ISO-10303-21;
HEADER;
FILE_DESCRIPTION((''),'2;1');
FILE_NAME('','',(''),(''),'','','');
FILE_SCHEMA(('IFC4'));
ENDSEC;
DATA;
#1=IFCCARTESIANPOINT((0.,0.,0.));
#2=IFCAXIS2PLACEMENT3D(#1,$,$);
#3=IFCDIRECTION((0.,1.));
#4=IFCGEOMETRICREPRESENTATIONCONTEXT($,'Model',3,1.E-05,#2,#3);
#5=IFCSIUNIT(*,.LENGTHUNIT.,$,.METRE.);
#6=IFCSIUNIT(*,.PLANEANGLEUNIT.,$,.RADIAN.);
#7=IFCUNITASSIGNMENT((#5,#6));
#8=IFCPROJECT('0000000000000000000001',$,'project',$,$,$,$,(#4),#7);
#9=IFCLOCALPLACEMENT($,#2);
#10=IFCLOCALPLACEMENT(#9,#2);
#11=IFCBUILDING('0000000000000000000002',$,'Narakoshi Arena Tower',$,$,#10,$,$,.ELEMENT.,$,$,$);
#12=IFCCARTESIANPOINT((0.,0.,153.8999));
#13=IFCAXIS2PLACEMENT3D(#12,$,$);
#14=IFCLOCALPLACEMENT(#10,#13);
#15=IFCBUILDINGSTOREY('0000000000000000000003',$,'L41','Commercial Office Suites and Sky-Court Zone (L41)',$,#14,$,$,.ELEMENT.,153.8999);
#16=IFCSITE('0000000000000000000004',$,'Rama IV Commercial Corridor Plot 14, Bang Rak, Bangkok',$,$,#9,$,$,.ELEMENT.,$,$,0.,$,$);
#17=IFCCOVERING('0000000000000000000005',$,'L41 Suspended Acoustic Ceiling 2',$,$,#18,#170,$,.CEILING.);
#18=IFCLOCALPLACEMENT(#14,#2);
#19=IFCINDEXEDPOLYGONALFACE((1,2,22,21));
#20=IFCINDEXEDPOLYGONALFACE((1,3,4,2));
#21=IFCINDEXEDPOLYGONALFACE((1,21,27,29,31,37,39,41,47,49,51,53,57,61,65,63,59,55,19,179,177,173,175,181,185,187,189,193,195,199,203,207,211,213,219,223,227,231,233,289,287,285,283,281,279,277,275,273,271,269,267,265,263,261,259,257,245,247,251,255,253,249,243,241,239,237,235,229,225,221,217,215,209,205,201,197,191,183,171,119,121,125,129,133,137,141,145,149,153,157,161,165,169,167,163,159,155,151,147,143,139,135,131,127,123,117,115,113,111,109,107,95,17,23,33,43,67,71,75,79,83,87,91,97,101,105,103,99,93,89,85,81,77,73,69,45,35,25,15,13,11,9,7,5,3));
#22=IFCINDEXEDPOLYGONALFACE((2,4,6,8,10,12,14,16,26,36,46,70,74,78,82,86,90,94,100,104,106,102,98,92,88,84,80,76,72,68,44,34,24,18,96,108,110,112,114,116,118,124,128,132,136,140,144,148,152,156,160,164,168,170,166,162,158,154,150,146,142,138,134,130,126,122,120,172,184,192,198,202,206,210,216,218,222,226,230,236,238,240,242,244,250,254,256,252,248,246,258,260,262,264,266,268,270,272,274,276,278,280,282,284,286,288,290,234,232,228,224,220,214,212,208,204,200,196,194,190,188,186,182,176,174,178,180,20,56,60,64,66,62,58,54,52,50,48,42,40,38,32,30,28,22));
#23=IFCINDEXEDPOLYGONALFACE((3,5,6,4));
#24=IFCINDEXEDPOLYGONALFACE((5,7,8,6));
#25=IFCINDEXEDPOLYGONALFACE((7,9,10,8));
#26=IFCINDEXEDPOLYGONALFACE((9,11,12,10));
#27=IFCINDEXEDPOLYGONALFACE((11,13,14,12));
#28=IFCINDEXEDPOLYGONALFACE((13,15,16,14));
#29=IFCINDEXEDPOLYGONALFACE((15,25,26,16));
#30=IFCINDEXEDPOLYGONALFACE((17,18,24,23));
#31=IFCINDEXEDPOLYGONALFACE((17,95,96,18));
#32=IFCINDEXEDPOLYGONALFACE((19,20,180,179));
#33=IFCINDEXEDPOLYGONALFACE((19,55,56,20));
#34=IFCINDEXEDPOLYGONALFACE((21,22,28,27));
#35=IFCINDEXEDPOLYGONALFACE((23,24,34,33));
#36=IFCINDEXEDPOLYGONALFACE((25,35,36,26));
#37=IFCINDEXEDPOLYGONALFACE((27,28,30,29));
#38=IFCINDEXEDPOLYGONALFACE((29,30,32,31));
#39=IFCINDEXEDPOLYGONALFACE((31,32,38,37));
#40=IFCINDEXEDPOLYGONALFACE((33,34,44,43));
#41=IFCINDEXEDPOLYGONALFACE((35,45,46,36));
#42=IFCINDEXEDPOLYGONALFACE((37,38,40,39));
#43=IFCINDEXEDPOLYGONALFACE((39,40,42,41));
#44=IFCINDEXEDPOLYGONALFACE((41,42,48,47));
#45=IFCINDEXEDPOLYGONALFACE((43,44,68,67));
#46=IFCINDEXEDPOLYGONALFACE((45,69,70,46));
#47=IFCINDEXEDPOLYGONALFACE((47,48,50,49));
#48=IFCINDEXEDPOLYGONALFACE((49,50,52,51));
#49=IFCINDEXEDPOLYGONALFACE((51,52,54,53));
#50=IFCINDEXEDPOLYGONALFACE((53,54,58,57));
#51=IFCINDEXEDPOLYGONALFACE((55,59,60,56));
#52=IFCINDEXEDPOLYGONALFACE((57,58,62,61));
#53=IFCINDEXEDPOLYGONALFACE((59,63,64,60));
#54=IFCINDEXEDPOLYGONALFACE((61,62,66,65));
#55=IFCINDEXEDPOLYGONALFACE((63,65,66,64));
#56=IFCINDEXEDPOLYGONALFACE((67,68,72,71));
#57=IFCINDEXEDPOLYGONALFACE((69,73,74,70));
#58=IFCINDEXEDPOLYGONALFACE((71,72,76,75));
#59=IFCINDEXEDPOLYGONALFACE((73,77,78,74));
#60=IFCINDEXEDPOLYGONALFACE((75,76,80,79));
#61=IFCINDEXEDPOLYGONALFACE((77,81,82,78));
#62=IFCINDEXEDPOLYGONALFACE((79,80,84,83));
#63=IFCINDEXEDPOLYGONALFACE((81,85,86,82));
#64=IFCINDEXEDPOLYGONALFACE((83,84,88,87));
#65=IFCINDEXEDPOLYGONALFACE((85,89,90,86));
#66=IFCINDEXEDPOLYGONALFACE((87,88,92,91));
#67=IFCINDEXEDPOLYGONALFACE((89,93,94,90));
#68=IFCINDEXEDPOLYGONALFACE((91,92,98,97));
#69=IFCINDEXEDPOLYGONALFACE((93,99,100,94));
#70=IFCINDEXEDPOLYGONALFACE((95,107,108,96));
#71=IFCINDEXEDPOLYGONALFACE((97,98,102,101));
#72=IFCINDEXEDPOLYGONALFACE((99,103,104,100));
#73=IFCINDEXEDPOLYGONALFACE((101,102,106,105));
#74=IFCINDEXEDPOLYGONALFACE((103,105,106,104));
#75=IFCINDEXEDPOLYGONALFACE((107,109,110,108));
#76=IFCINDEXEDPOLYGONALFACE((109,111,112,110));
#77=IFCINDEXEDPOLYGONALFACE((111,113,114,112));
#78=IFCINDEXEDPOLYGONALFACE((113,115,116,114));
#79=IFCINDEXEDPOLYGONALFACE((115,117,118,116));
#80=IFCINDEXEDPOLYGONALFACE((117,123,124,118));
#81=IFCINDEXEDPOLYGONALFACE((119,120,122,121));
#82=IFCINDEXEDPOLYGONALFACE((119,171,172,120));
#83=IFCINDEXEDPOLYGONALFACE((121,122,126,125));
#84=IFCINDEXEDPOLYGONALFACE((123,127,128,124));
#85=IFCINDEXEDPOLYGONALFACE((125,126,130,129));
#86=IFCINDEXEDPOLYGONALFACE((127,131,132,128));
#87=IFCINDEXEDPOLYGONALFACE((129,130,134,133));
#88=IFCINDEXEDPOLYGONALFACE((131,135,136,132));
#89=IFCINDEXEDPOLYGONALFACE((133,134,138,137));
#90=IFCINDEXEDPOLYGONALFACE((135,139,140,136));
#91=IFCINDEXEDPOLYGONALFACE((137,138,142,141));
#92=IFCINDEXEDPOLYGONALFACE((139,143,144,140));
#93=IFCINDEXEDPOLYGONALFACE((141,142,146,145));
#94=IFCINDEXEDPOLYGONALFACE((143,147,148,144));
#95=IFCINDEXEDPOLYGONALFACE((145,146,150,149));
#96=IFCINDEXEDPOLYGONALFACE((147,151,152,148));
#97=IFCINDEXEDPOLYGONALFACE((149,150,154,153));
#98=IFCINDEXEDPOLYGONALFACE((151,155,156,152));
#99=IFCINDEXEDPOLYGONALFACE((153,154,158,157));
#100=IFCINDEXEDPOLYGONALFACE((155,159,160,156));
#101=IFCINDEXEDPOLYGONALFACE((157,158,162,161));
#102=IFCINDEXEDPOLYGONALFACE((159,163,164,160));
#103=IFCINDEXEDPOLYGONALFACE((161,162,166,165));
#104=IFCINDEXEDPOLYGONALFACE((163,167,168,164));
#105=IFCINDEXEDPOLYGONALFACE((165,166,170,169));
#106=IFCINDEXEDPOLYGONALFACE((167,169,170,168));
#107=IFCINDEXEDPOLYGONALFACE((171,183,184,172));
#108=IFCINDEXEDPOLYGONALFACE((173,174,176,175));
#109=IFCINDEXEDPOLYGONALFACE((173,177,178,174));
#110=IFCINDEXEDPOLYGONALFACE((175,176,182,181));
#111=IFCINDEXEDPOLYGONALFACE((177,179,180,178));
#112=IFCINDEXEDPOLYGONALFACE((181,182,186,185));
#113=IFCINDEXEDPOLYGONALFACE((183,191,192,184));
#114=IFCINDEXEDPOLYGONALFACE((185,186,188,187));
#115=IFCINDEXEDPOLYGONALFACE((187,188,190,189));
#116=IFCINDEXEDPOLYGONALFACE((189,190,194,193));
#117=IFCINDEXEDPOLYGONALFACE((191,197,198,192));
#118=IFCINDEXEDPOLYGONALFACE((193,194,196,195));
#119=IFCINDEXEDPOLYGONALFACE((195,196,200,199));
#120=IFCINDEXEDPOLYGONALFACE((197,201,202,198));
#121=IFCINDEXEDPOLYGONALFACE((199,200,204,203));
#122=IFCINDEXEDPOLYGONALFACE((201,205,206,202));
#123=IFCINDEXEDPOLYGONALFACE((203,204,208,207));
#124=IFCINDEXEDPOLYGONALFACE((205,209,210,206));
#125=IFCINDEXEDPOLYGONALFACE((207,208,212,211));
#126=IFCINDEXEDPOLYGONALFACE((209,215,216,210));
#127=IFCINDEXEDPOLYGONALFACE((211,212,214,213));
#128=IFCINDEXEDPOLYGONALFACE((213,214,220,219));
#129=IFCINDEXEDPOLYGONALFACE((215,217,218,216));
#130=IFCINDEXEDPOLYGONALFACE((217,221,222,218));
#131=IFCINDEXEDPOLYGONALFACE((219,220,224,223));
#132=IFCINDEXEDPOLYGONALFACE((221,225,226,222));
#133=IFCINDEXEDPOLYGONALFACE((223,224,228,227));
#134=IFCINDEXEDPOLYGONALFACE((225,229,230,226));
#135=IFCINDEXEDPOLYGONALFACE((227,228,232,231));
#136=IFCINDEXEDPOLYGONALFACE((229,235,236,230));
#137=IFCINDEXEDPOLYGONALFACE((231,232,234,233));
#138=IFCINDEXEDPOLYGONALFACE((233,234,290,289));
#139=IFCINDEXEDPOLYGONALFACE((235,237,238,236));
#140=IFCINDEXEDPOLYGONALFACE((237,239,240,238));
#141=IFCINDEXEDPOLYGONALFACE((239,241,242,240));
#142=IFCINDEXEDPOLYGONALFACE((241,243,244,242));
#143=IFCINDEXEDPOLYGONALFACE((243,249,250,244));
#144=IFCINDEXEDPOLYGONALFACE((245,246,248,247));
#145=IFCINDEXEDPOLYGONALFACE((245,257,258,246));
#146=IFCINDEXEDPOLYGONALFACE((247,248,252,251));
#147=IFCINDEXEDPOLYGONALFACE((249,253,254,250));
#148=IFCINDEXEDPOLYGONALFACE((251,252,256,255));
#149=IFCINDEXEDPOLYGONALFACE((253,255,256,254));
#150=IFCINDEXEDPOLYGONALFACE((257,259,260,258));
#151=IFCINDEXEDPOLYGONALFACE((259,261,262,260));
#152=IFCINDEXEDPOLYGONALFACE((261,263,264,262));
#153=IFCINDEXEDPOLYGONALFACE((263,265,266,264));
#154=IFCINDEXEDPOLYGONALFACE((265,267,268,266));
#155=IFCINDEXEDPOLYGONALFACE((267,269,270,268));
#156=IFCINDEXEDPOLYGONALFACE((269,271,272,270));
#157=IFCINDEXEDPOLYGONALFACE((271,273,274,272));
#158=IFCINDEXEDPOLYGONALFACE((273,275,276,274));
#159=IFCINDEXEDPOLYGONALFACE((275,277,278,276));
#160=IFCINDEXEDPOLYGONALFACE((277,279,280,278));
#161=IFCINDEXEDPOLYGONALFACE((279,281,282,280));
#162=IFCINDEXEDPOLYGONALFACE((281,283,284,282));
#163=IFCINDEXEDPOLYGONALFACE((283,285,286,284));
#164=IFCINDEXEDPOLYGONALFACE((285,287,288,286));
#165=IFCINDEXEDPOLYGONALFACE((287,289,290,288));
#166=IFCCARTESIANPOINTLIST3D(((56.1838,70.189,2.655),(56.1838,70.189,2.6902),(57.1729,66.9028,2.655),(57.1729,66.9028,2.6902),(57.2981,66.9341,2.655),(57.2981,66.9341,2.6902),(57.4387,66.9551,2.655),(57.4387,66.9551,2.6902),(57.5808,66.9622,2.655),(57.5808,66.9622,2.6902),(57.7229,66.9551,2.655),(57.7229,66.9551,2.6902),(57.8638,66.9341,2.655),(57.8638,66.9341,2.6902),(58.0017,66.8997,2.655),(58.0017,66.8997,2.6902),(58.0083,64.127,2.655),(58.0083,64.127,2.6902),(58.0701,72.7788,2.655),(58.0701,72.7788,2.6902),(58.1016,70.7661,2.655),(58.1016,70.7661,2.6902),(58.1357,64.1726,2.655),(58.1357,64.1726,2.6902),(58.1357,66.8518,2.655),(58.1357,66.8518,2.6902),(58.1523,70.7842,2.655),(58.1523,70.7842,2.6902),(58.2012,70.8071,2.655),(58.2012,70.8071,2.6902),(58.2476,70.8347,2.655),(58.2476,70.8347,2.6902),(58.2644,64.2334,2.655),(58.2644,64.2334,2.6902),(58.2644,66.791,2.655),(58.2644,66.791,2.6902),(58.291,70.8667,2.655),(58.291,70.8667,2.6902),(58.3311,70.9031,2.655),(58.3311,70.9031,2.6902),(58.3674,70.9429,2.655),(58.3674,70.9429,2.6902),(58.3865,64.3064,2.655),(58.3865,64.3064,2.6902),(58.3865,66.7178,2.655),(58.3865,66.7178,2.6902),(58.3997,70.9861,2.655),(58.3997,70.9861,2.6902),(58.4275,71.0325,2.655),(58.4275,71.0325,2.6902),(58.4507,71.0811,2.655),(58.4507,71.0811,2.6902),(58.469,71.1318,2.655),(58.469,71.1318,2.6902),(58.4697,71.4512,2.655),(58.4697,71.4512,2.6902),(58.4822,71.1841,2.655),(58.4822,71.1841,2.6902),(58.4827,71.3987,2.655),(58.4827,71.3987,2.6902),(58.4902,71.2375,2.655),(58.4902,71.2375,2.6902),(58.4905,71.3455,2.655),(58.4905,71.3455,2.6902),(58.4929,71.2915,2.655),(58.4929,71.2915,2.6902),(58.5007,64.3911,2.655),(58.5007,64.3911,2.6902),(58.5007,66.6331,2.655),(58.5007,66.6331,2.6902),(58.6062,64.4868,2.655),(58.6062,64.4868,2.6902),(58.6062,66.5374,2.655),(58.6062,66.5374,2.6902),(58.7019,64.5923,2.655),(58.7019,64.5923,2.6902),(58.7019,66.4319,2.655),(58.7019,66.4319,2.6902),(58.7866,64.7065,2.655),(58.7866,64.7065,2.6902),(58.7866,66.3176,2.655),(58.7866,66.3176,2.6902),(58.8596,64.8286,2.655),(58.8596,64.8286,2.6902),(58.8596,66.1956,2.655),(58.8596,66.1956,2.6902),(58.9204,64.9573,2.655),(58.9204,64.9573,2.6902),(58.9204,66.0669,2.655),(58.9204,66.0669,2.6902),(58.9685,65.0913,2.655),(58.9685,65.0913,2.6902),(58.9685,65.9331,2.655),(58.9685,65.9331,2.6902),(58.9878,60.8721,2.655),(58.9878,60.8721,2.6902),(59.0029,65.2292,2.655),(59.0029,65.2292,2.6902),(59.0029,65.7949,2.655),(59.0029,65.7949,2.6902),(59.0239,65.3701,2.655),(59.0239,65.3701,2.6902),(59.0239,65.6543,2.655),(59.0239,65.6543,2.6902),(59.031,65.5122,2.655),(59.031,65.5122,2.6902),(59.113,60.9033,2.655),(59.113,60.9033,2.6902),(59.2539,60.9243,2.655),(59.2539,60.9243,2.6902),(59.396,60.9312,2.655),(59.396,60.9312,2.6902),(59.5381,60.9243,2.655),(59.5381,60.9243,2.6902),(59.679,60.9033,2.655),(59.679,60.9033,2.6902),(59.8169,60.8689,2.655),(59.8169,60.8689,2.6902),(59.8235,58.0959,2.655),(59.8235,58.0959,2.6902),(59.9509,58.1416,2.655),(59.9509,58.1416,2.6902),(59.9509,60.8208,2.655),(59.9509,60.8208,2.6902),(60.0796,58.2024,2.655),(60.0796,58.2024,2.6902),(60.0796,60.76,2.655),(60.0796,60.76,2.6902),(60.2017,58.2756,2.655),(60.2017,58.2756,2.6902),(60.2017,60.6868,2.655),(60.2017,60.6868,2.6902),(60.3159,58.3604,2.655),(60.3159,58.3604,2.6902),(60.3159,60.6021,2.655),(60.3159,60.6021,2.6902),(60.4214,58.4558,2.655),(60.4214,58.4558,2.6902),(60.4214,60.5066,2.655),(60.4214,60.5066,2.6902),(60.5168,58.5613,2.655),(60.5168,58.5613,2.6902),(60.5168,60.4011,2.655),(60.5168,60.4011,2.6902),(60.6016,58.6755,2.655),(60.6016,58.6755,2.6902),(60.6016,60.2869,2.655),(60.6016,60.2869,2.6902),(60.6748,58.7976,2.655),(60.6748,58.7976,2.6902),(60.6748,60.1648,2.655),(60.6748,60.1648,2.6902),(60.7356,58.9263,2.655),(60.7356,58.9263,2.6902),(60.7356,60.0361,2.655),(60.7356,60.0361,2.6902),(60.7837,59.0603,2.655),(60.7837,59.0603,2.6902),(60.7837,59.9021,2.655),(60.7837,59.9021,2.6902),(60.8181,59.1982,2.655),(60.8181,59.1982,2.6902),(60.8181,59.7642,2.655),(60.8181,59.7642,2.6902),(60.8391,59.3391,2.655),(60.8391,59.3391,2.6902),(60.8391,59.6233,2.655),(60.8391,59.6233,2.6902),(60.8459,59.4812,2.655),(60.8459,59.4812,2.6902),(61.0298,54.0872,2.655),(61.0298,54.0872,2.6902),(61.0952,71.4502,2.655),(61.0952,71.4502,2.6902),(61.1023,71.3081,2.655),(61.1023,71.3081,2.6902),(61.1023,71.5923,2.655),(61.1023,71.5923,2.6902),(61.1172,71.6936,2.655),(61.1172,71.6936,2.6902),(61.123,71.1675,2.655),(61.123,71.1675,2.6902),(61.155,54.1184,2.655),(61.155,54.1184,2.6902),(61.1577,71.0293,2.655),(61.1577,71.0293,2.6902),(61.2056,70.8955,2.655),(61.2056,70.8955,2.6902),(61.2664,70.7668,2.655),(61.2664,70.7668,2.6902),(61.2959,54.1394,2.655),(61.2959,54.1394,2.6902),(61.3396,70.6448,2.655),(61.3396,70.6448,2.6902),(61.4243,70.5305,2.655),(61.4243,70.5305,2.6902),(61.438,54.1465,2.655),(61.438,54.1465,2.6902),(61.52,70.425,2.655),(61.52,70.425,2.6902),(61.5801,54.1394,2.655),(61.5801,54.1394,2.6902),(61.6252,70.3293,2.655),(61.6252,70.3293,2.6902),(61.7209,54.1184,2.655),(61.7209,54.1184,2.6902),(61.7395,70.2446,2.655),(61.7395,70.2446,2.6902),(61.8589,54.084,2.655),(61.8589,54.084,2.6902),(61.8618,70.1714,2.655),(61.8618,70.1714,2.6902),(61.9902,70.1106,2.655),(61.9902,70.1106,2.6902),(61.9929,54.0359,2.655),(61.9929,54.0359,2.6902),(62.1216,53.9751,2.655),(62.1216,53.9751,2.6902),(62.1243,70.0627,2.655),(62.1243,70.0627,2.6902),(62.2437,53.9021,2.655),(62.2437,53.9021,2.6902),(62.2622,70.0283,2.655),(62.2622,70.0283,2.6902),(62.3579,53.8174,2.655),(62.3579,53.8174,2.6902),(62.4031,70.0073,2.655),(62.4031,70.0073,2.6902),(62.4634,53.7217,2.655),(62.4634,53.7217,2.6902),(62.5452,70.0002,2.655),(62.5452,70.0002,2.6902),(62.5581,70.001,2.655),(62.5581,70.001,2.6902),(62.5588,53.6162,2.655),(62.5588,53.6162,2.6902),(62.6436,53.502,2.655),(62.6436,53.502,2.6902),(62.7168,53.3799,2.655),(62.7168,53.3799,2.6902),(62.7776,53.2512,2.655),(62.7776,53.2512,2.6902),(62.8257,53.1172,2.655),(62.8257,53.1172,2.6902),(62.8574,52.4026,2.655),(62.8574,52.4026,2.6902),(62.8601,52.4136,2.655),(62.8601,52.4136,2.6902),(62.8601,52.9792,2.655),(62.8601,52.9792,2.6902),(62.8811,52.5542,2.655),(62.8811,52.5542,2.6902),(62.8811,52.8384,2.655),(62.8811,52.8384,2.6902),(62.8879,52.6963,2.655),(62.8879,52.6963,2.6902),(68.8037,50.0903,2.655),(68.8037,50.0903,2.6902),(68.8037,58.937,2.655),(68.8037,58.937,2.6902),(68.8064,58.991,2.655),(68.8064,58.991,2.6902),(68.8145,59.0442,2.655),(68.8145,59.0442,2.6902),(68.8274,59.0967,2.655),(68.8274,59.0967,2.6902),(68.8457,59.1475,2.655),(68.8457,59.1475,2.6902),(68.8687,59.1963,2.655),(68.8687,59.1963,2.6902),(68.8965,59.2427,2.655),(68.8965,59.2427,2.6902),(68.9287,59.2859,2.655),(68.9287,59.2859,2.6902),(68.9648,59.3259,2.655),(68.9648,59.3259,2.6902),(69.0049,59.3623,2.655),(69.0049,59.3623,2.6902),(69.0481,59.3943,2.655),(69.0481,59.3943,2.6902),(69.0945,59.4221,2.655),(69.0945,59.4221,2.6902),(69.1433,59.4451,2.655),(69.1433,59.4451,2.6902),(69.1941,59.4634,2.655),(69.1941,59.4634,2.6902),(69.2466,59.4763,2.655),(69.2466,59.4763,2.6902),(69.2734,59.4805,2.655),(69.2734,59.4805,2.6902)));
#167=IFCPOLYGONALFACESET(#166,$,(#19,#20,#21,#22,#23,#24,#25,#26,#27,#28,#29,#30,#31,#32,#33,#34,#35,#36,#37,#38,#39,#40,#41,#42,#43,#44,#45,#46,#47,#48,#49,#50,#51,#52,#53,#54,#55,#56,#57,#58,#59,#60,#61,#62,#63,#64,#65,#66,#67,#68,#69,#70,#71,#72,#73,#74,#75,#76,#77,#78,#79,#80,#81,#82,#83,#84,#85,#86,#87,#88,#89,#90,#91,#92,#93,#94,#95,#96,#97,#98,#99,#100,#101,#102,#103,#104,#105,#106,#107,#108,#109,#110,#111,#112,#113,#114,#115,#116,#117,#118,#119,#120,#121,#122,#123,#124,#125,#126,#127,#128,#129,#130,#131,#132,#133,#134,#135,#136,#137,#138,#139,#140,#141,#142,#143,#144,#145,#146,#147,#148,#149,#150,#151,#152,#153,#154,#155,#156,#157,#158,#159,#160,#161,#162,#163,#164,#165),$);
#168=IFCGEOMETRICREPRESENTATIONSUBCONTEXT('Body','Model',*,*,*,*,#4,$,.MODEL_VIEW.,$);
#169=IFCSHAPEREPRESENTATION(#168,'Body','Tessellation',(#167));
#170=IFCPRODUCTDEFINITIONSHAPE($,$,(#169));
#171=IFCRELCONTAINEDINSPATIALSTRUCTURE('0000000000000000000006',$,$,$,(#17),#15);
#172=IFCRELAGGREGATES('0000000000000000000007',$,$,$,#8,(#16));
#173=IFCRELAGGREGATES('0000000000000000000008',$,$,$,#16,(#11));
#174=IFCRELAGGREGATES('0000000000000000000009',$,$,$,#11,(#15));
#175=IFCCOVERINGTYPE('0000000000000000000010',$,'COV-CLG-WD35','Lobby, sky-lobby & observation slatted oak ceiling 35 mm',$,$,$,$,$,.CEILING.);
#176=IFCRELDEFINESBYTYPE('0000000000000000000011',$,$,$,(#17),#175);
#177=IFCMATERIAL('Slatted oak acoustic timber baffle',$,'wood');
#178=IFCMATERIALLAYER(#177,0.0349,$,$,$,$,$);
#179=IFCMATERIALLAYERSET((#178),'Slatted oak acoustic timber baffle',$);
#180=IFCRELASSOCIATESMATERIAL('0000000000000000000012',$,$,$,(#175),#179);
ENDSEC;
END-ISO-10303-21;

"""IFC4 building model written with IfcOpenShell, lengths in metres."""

from ifc_helpers import new_model, si_unit, direction, frame, origin, place, context, subcontext, project, spatial, polyline, outline, extrude, material, layer, layer_set, type_object, element, save


model = new_model("IFC4")

# Units and contexts
model_context = context("Model", 3, precision=1e-05, world=origin(), true_north=direction((0.0, 1.0)))
body_context = subcontext(model_context, "Body", "Model", "MODEL_VIEW")
ifc_project = project(units=[si_unit("LENGTHUNIT", "METRE"), si_unit("PLANEANGLEUNIT", "RADIAN")], contexts=[model_context])

# Site, building, storey
site_placement = place(None, origin())
site = spatial("IfcSite", under=ifc_project, at=site_placement, Name="Rama IV Commercial Corridor Plot 14, Bang Rak, Bangkok", CompositionType="ELEMENT", RefElevation=0.0)
building_placement = place(site_placement, origin())
building = spatial("IfcBuilding", under=site, at=building_placement, Name="Narakoshi Arena Tower", CompositionType="ELEMENT")
storey_placement = place(building_placement, frame((0.0, 0.0, 153.8999)))
storey = spatial("IfcBuildingStorey", under=building, at=storey_placement, Name="L41", Description="Commercial Office Suites and Sky-Court Zone (L41)", CompositionType="ELEMENT", Elevation=153.8999)

# Covering
ifc_material_1 = material(Name="Slatted oak acoustic timber baffle", Category="wood")
ifc_layer_1 = layer(ifc_material_1, 0.0349)
ifc_layer_set_1 = layer_set([ifc_layer_1], Name="Slatted oak acoustic timber baffle")
covering_type_1 = type_object("IfcCoveringType", Name="COV-CLG-WD35", Description="Lobby, sky-lobby & observation slatted oak ceiling 35 mm", PredefinedType="CEILING", material=ifc_layer_set_1)
covering_1_placement = place(storey_placement, frame((0.0, 0.0, 2.655)))
element("IfcCovering", 1, at=covering_1_placement, inside=storey, type_object=covering_type_1, Name="L41 Suspended Acoustic Ceiling 2", PredefinedType="CEILING", context=body_context, shape_type="SweptSolid", body=[
    extrude(outline(polyline([(58.1016, 70.7661), (58.1523, 70.7842), (58.2012, 70.8071), (58.2476, 70.8347), (58.291, 70.8667), (58.3311, 70.9031), (58.3674, 70.9429), (58.3997, 70.9861), (58.4275, 71.0325), (58.4507, 71.0811), (58.469, 71.1318), (58.4822, 71.1841), (58.4902, 71.2375), (58.4929, 71.2915), (58.4905, 71.3455), (58.4827, 71.3987), (58.4697, 71.4512), (58.0701, 72.7788), (61.1172, 71.6936), (61.1023, 71.5923), (61.0952, 71.4502), (61.1023, 71.3081), (61.123, 71.1675), (61.1577, 71.0293), (61.2056, 70.8955), (61.2664, 70.7668), (61.3396, 70.6448), (61.4243, 70.5305), (61.52, 70.425), (61.6252, 70.3293), (61.7395, 70.2446), (61.8618, 70.1714), (61.9902, 70.1106), (62.1243, 70.0627), (62.2622, 70.0283), (62.4031, 70.0073), (62.5452, 70.0002), (62.5581, 70.001), (69.2734, 59.4805), (69.2466, 59.4763), (69.1941, 59.4634), (69.1433, 59.4451), (69.0945, 59.4221), (69.0481, 59.3943), (69.0049, 59.3623), (68.9648, 59.3259), (68.9287, 59.2859), (68.8965, 59.2427), (68.8687, 59.1963), (68.8457, 59.1475), (68.8274, 59.0967), (68.8145, 59.0442), (68.8064, 58.991), (68.8037, 58.937), (68.8037, 50.0903), (62.8574, 52.4026), (62.8601, 52.4136), (62.8811, 52.5542), (62.8879, 52.6963), (62.8811, 52.8384), (62.8601, 52.9792), (62.8257, 53.1172), (62.7776, 53.2512), (62.7168, 53.3799), (62.6436, 53.502), (62.5588, 53.6162), (62.4634, 53.7217), (62.3579, 53.8174), (62.2437, 53.9021), (62.1216, 53.9751), (61.9929, 54.0359), (61.8589, 54.084), (61.7209, 54.1184), (61.5801, 54.1394), (61.438, 54.1465), (61.2959, 54.1394), (61.155, 54.1184), (61.0298, 54.0872), (59.8235, 58.0959), (59.9509, 58.1416), (60.0796, 58.2024), (60.2017, 58.2756), (60.3159, 58.3604), (60.4214, 58.4558), (60.5168, 58.5613), (60.6016, 58.6755), (60.6748, 58.7976), (60.7356, 58.9263), (60.7837, 59.0603), (60.8181, 59.1982), (60.8391, 59.3391), (60.8459, 59.4812), (60.8391, 59.6233), (60.8181, 59.7642), (60.7837, 59.9021), (60.7356, 60.0361), (60.6748, 60.1648), (60.6016, 60.2869), (60.5168, 60.4011), (60.4214, 60.5066), (60.3159, 60.6021), (60.2017, 60.6868), (60.0796, 60.76), (59.9509, 60.8208), (59.8169, 60.8689), (59.679, 60.9033), (59.5381, 60.9243), (59.396, 60.9312), (59.2539, 60.9243), (59.113, 60.9033), (58.9878, 60.8721), (58.0083, 64.127), (58.1357, 64.1726), (58.2644, 64.2334), (58.3865, 64.3064), (58.5007, 64.3911), (58.6062, 64.4868), (58.7019, 64.5923), (58.7866, 64.7065), (58.8596, 64.8286), (58.9204, 64.9573), (58.9685, 65.0913), (59.0029, 65.2292), (59.0239, 65.3701), (59.031, 65.5122), (59.0239, 65.6543), (59.0029, 65.7949), (58.9685, 65.9331), (58.9204, 66.0669), (58.8596, 66.1956), (58.7866, 66.3176), (58.7019, 66.4319), (58.6062, 66.5374), (58.5007, 66.6331), (58.3865, 66.7178), (58.2644, 66.791), (58.1357, 66.8518), (58.0017, 66.8997), (57.8638, 66.9341), (57.7229, 66.9551), (57.5808, 66.9622), (57.4387, 66.9551), (57.2981, 66.9341), (57.1729, 66.9028), (56.1838, 70.189), (58.1016, 70.7661)])), origin(), (0.0, 0.0, 1.0), 0.0352),
])

save(model, "model.ifc")
